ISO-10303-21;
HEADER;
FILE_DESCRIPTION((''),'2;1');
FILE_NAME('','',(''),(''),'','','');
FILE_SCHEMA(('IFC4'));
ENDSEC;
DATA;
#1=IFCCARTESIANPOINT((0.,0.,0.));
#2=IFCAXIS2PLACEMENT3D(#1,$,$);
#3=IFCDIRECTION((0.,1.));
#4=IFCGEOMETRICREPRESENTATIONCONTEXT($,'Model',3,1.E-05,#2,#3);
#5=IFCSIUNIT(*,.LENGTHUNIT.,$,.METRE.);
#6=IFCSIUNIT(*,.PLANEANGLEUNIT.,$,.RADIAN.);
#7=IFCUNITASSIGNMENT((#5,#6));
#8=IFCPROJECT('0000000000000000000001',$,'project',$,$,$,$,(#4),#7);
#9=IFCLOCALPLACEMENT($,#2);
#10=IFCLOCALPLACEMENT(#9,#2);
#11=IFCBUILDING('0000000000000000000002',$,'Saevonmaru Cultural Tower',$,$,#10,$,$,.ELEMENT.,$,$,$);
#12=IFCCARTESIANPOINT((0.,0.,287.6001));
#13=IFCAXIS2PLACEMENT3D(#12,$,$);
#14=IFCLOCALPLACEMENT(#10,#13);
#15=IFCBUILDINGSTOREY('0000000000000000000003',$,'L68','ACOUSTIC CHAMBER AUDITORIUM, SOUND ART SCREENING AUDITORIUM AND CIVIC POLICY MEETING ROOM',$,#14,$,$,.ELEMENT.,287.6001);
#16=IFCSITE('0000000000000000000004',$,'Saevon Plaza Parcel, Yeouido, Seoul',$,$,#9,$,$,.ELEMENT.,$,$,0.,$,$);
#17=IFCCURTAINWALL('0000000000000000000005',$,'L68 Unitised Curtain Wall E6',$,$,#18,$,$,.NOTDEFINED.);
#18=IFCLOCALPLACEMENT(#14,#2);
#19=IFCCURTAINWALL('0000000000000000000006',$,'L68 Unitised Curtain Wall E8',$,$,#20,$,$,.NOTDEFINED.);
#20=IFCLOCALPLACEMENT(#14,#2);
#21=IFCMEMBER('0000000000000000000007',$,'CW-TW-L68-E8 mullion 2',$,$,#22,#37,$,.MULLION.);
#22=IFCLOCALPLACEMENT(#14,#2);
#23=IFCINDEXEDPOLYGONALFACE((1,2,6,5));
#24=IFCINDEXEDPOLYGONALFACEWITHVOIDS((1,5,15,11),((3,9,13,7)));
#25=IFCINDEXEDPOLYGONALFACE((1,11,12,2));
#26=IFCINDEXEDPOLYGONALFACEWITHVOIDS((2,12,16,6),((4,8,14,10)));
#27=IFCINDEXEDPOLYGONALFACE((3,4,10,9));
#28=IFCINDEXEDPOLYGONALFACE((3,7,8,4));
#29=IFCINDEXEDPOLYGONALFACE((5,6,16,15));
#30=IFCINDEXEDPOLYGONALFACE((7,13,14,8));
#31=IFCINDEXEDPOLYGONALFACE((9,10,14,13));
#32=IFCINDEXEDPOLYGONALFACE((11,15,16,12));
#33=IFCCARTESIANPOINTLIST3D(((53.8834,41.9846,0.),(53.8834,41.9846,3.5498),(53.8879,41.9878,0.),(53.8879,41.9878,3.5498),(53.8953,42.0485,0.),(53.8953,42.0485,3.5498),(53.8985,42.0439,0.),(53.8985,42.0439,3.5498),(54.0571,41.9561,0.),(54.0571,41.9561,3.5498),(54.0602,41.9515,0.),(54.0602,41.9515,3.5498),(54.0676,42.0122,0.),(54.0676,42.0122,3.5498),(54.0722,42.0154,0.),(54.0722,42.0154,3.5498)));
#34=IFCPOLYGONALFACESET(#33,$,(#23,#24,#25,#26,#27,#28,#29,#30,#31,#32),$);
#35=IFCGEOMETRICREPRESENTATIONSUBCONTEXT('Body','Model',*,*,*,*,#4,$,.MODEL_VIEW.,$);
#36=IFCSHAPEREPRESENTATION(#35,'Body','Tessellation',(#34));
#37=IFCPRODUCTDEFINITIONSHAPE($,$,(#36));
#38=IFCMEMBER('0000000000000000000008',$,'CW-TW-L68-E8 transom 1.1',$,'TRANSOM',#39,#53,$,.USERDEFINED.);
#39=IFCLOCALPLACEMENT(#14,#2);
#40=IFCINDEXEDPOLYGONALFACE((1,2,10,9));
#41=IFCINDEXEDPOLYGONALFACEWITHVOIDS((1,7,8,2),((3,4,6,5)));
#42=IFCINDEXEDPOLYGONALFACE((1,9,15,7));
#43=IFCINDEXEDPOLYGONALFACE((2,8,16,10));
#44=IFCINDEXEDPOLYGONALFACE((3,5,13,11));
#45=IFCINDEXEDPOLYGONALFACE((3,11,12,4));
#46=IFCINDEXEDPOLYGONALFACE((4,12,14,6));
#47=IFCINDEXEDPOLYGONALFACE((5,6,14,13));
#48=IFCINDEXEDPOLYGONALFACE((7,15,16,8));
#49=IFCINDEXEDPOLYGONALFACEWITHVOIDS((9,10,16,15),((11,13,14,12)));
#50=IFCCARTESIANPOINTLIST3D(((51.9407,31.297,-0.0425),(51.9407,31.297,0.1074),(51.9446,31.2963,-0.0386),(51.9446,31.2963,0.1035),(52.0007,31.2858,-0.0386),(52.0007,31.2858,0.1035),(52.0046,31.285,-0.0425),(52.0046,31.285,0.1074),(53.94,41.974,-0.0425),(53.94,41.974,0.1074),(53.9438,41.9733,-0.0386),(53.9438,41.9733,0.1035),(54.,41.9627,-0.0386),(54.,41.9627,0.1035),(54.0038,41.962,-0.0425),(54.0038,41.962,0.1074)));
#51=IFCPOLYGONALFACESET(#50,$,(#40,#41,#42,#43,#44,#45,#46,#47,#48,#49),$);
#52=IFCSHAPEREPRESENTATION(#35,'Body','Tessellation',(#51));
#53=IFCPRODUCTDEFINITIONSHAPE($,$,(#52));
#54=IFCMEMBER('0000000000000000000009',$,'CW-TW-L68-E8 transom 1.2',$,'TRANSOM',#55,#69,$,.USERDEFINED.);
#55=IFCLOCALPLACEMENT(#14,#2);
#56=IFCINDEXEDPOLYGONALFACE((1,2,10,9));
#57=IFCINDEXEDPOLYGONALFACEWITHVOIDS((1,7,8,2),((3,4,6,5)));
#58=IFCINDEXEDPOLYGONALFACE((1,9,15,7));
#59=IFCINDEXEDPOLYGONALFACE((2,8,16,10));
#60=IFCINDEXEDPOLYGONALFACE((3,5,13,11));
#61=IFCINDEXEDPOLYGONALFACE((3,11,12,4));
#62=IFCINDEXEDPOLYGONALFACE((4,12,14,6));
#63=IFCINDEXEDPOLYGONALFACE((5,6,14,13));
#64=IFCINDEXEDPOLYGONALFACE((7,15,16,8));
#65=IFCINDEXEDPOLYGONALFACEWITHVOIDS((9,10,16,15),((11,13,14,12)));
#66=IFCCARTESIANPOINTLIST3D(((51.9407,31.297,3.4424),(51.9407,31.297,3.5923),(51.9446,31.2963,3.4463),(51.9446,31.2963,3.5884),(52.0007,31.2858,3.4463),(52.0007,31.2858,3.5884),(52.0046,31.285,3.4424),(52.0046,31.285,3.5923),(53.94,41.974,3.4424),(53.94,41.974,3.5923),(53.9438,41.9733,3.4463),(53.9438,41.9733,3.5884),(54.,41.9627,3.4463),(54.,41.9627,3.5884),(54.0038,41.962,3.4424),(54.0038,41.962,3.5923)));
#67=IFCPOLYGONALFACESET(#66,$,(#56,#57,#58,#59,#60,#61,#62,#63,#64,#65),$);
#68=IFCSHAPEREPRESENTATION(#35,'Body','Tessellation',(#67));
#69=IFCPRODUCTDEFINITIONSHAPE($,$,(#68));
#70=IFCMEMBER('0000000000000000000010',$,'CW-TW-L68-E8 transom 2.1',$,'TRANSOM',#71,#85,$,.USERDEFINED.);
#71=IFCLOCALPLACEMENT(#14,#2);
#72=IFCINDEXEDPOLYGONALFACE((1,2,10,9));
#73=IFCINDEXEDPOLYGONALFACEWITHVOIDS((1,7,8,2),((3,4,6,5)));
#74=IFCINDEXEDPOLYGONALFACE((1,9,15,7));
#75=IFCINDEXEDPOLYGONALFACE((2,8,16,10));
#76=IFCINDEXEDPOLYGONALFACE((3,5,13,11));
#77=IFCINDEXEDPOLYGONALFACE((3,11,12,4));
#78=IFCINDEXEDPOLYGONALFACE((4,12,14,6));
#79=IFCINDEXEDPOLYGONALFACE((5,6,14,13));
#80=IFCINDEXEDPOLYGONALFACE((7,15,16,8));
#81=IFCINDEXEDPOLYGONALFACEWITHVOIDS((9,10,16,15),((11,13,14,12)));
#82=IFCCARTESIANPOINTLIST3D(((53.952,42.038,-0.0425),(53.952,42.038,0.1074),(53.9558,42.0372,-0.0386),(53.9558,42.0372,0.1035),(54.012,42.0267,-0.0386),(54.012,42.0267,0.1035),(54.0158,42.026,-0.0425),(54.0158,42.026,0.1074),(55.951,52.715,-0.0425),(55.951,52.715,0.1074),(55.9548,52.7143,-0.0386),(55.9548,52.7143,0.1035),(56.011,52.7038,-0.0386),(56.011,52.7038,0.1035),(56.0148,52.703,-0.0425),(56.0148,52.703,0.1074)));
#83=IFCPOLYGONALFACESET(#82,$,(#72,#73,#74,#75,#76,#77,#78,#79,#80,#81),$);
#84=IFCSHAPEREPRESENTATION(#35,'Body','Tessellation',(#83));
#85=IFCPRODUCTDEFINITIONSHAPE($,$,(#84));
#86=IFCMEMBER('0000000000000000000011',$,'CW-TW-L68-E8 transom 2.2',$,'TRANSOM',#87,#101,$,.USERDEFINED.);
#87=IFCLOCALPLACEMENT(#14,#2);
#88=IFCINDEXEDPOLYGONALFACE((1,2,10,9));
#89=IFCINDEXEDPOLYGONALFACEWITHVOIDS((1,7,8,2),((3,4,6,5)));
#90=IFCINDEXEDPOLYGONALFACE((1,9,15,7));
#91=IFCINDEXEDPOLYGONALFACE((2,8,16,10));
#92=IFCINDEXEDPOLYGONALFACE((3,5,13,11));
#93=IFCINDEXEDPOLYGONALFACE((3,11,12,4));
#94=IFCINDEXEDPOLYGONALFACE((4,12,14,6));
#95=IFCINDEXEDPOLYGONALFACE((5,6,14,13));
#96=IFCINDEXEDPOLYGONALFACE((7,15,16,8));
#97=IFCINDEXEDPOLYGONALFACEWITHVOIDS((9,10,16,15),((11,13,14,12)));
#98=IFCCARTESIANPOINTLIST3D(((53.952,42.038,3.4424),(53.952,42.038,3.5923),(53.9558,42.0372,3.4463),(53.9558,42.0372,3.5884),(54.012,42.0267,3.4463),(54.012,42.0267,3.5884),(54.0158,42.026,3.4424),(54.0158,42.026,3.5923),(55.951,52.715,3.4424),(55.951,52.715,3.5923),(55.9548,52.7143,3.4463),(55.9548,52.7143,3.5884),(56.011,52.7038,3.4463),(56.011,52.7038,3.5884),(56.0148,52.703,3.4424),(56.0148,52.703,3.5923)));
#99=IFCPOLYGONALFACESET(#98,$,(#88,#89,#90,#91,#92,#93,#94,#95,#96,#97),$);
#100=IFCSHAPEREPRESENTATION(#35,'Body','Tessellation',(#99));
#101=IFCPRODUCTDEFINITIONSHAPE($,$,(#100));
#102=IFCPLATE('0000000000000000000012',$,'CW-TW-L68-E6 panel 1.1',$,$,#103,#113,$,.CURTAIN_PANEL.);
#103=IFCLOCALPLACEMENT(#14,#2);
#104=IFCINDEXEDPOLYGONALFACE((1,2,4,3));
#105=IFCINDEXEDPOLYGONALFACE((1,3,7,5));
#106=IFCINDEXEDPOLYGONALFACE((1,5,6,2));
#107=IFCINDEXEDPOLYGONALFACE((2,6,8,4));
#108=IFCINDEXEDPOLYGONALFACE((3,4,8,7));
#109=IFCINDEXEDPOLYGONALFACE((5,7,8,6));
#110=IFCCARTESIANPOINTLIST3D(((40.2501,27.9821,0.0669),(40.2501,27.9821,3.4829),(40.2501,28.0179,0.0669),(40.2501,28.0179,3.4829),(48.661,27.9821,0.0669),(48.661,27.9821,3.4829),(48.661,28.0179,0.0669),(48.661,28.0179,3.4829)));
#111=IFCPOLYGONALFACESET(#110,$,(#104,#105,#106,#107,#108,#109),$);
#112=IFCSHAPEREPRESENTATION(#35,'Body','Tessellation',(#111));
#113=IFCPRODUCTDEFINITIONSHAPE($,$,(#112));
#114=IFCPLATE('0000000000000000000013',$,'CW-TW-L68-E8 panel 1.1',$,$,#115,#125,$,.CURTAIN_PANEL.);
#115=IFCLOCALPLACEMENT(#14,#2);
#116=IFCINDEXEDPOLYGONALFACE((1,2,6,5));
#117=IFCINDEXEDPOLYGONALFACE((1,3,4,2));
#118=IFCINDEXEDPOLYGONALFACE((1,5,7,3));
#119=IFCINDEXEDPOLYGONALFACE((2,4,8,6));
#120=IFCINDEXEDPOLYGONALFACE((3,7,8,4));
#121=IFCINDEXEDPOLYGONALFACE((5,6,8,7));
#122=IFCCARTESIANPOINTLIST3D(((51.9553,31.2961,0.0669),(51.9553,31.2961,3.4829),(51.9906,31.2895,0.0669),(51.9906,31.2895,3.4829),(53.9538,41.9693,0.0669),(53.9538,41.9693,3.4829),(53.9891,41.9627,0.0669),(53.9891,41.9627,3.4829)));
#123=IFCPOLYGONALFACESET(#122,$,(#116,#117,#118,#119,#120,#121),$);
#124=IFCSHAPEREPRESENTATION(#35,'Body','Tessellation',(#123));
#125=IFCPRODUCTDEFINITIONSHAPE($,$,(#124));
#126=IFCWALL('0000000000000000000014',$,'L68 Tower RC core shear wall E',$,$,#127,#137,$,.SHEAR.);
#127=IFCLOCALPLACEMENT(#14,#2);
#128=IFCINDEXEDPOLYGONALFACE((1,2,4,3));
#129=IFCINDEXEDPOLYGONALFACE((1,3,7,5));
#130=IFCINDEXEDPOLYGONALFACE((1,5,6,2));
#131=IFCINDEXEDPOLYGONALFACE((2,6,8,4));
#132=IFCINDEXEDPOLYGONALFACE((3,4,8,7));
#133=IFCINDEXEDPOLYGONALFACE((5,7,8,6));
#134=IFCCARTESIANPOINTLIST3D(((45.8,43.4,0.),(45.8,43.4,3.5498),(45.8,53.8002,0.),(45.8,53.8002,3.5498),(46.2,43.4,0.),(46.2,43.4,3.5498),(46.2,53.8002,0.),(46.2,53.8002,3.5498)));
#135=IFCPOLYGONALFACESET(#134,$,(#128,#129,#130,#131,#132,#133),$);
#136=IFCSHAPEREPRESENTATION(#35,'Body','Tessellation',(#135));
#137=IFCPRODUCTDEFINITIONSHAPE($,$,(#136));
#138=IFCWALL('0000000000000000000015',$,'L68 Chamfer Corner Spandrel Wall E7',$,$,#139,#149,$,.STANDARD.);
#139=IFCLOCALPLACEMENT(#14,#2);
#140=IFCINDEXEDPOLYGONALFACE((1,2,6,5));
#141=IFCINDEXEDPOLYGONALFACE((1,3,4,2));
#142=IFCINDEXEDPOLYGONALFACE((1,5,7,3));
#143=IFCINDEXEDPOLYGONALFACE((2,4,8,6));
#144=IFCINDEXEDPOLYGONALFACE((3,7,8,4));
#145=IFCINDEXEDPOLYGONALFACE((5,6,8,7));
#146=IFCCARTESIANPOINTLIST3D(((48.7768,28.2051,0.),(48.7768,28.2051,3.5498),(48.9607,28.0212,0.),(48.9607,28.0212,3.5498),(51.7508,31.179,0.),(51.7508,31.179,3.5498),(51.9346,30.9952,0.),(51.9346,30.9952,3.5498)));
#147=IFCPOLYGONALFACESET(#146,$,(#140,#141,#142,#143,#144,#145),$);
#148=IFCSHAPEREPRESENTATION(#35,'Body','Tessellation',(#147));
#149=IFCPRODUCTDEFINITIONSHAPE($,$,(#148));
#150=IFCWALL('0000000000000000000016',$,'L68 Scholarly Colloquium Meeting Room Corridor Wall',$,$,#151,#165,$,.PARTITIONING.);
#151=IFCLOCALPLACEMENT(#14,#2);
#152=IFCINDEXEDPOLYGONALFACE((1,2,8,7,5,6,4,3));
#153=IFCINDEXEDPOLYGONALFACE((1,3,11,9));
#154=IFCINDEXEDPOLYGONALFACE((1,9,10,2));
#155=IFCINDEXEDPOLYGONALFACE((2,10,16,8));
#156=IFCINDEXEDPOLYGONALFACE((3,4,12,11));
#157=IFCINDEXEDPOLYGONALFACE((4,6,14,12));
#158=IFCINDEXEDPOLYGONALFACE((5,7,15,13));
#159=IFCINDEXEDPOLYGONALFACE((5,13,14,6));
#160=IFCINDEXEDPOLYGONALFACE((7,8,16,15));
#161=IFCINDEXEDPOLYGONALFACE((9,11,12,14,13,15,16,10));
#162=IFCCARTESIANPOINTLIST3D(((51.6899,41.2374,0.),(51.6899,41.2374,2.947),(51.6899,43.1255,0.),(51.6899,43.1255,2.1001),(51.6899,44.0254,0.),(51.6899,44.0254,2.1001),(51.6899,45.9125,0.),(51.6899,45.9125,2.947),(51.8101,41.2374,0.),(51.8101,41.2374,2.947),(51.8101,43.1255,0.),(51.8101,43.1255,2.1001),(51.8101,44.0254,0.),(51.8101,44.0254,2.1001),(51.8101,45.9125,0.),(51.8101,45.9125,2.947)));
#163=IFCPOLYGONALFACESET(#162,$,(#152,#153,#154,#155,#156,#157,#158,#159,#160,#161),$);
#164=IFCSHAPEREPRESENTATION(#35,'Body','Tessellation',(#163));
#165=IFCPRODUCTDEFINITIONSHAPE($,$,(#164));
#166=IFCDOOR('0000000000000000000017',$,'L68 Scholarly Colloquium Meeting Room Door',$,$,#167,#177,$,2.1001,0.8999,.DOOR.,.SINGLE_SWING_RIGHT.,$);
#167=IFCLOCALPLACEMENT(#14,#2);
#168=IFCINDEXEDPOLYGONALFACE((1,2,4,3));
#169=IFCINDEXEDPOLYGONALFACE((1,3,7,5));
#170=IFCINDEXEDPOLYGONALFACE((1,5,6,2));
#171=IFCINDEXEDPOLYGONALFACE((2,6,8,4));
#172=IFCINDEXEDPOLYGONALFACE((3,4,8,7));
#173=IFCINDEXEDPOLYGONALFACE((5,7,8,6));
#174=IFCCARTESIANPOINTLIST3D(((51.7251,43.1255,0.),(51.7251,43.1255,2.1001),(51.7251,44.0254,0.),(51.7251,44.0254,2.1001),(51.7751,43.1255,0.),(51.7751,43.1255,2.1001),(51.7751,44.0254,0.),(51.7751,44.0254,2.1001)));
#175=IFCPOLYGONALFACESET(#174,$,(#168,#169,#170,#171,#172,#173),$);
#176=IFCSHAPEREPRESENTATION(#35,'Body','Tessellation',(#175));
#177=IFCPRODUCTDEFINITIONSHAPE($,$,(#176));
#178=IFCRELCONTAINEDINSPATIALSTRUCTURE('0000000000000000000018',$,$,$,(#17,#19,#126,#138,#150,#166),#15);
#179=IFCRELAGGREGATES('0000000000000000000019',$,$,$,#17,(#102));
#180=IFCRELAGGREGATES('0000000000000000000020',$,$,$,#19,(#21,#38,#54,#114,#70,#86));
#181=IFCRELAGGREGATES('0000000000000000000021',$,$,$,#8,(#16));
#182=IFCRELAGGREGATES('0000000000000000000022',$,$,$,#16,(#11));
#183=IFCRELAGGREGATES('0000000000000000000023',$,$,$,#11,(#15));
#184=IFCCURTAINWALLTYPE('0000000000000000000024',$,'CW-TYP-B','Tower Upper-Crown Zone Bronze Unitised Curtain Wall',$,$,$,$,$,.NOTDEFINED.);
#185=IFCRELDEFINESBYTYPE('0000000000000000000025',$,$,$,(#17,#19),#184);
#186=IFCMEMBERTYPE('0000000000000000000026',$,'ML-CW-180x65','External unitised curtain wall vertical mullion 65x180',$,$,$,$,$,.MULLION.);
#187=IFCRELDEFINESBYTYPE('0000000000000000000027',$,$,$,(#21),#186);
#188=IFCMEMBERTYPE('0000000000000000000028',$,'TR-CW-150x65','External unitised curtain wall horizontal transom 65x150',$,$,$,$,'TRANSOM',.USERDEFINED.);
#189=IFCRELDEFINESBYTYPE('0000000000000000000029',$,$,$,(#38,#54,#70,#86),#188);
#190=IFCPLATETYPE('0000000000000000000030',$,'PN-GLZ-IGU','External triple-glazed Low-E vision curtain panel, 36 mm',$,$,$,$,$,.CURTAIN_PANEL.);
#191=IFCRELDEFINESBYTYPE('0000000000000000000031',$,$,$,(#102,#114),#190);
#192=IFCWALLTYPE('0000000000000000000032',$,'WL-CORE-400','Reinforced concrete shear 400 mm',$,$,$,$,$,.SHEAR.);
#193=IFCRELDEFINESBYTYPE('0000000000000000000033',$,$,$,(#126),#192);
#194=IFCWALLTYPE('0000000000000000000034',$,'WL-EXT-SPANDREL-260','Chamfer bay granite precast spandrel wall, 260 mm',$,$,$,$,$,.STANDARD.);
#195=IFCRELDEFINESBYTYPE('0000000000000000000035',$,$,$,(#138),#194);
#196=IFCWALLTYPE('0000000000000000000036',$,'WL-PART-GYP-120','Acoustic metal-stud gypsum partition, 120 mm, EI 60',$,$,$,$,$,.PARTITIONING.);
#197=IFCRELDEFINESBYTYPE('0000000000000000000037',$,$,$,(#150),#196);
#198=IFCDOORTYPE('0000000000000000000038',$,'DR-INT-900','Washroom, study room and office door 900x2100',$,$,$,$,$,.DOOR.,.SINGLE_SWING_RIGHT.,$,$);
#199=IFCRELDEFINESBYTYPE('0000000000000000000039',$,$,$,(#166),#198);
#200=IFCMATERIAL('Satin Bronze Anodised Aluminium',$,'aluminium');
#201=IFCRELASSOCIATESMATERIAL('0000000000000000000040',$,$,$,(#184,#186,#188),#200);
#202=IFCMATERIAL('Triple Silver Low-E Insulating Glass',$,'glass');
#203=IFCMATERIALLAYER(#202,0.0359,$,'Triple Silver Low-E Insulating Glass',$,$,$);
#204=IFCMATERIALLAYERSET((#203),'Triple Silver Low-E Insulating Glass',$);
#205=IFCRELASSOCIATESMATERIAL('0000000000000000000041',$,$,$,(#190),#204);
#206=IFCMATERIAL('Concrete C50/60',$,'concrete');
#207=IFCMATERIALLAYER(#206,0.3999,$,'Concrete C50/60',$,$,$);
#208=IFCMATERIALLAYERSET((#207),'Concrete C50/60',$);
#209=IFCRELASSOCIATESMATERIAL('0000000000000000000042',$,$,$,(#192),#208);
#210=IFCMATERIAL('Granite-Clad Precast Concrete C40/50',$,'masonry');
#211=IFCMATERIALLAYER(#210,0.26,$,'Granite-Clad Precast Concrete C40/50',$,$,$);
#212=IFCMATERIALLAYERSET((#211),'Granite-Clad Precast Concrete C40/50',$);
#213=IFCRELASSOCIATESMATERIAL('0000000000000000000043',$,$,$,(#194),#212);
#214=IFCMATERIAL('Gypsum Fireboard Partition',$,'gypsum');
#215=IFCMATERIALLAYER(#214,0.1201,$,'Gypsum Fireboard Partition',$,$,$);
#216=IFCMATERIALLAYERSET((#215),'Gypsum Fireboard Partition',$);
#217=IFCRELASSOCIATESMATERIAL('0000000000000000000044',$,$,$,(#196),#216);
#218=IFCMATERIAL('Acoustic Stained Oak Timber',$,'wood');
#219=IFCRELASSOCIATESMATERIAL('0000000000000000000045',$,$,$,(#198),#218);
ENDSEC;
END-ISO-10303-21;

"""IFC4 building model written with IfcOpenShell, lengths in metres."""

from ifc_helpers import new_model, si_unit, direction, frame, frame_2d, origin, origin_2d, place, context, subcontext, project, spatial, rectangle, hollow_rectangle, extrude, material, layer, layer_set, material_profile, profile_set, type_object, element, fill, aggregate, save


model = new_model("IFC4")

# Units and contexts
model_context = context("Model", 3, precision=1e-05, world=origin(), true_north=direction((0.0, 1.0)))
body_context = subcontext(model_context, "Body", "Model", "MODEL_VIEW")
ifc_project = project(units=[si_unit("LENGTHUNIT", "METRE"), si_unit("PLANEANGLEUNIT", "RADIAN")], contexts=[model_context])

# Site, building, storey
site_placement = place(None, origin())
site = spatial("IfcSite", under=ifc_project, at=site_placement, Name="Saevon Plaza Parcel, Yeouido, Seoul", CompositionType="ELEMENT", RefElevation=0.0)
building_placement = place(site_placement, origin())
building = spatial("IfcBuilding", under=site, at=building_placement, Name="Saevonmaru Cultural Tower", CompositionType="ELEMENT")
storey_placement = place(building_placement, frame((0.0, 0.0, 287.6001)))
storey = spatial("IfcBuildingStorey", under=building, at=storey_placement, Name="L68", Description="ACOUSTIC CHAMBER AUDITORIUM, SOUND ART SCREENING AUDITORIUM AND CIVIC POLICY MEETING ROOM", CompositionType="ELEMENT", Elevation=287.6001)

# Curtain wall
ifc_material_1 = material(Name="Satin Bronze Anodised Aluminium", Category="aluminium")
curtain_wall_type = type_object("IfcCurtainWallType", Name="CW-TYP-B", Description="Tower Upper-Crown Zone Bronze Unitised Curtain Wall", PredefinedType="NOTDEFINED", material=ifc_material_1)
curtain_wall_1_placement = place(storey_placement, origin())
curtain_wall_1 = element("IfcCurtainWall", 1, at=curtain_wall_1_placement, inside=storey, type_object=curtain_wall_type, Name="L68 Unitised Curtain Wall E6", PredefinedType="NOTDEFINED")
ifc_material_profile_1 = material_profile(ifc_material_1, hollow_rectangle(XDim=0.0649, YDim=0.1799, WallThickness=0.0039, at=origin_2d()), Name="ALU-MULL-180x65x4")
ifc_profile_set_1 = profile_set([ifc_material_profile_1], Name="Satin Bronze Anodised Aluminium")
member_type_1 = type_object("IfcMemberType", Name="ML-CW-180x65", Description="External unitised curtain wall vertical mullion 65x180", PredefinedType="MULLION", material=ifc_profile_set_1)

# Curtain wall, members
curtain_wall_2_placement = place(storey_placement, origin())
curtain_wall_2 = element("IfcCurtainWall", 2, at=curtain_wall_2_placement, inside=storey, type_object=curtain_wall_type, Name="L68 Unitised Curtain Wall E8", PredefinedType="NOTDEFINED")
member_1_placement = place(storey_placement, frame((53.9778, 42.0, 0.0), z_axis=(0.0, 0.0, 1.0), x_axis=(0.184047, 0.982918, 0.0)))
member_1 = element("IfcMember", 3, at=member_1_placement, type_object=member_type_1, Name="CW-TW-L68-E8 mullion 2", PredefinedType="MULLION", context=body_context, shape_type="SweptSolid", body=[
    extrude(hollow_rectangle(XDim=0.0649, YDim=0.1799, WallThickness=0.0039, at=origin_2d()), origin(), (0.0, 0.0, 1.0), 3.5498),
])
ifc_material_profile_2 = material_profile(ifc_material_1, hollow_rectangle(XDim=0.0649, YDim=0.1499, WallThickness=0.0039, at=origin_2d()), Name="ALU-TRAN-150x65x4")
ifc_profile_set_2 = profile_set([ifc_material_profile_2], Name="Satin Bronze Anodised Aluminium")
member_type_2 = type_object("IfcMemberType", Name="TR-CW-150x65", Description="External unitised curtain wall horizontal transom 65x150", ElementType="TRANSOM", PredefinedType="USERDEFINED", material=ifc_profile_set_2)
member_2_placement = place(storey_placement, frame((51.9727, 31.291, 0.0325), z_axis=(0.184051, 0.982917, 0.0), x_axis=(-0.982917, 0.184051, 0.0)))
member_2 = element("IfcMember", 4, at=member_2_placement, type_object=member_type_2, Name="CW-TW-L68-E8 transom 1.1", ObjectType="TRANSOM", PredefinedType="USERDEFINED", context=body_context, shape_type="SweptSolid", body=[
    extrude(hollow_rectangle(XDim=0.0649, YDim=0.1499, WallThickness=0.0039, at=origin_2d()), origin(), (0.0, 0.0, 1.0), 10.8625),
])
member_3_placement = place(storey_placement, frame((51.9727, 31.291, 3.5173), z_axis=(0.184051, 0.982917, 0.0), x_axis=(-0.982917, 0.184051, 0.0)))
member_3 = element("IfcMember", 5, at=member_3_placement, type_object=member_type_2, Name="CW-TW-L68-E8 transom 1.2", ObjectType="TRANSOM", PredefinedType="USERDEFINED", context=body_context, shape_type="SweptSolid", body=[
    extrude(hollow_rectangle(XDim=0.0649, YDim=0.1499, WallThickness=0.0039, at=origin_2d()), origin(), (0.0, 0.0, 1.0), 10.8625),
])
member_4_placement = place(storey_placement, frame((53.9839, 42.032, 0.0325), z_axis=(0.184029, 0.982921, 0.0), x_axis=(-0.982921, 0.184029, 0.0)))
member_4 = element("IfcMember", 6, at=member_4_placement, type_object=member_type_2, Name="CW-TW-L68-E8 transom 2.1", ObjectType="TRANSOM", PredefinedType="USERDEFINED", context=body_context, shape_type="SweptSolid", body=[
    extrude(hollow_rectangle(XDim=0.0649, YDim=0.1499, WallThickness=0.0039, at=origin_2d()), origin(), (0.0, 0.0, 1.0), 10.8625),
])
member_5_placement = place(storey_placement, frame((53.9839, 42.032, 3.5173), z_axis=(0.184029, 0.982921, 0.0), x_axis=(-0.982921, 0.184029, 0.0)))
member_5 = element("IfcMember", 7, at=member_5_placement, type_object=member_type_2, Name="CW-TW-L68-E8 transom 2.2", ObjectType="TRANSOM", PredefinedType="USERDEFINED", context=body_context, shape_type="SweptSolid", body=[
    extrude(hollow_rectangle(XDim=0.0649, YDim=0.1499, WallThickness=0.0039, at=origin_2d()), origin(), (0.0, 0.0, 1.0), 10.8625),
])

# Plates
ifc_material_2 = material(Name="Triple Silver Low-E Insulating Glass", Category="glass")
ifc_layer_1 = layer(ifc_material_2, 0.0359, Name="Triple Silver Low-E Insulating Glass")
ifc_layer_set_1 = layer_set([ifc_layer_1], Name="Triple Silver Low-E Insulating Glass")
plate_type = type_object("IfcPlateType", Name="PN-GLZ-IGU", Description="External triple-glazed Low-E vision curtain panel, 36 mm", PredefinedType="CURTAIN_PANEL", material=ifc_layer_set_1)
plate_1_placement = place(storey_placement, frame((44.4556, 28.0, 0.0669), z_axis=(0.0, 0.0, 1.0), x_axis=(1.0, 0.0, 0.0)))
plate_1 = element("IfcPlate", 8, at=plate_1_placement, type_object=plate_type, Name="CW-TW-L68-E6 panel 1.1", PredefinedType="CURTAIN_PANEL", context=body_context, shape_type="SweptSolid", body=[
    extrude(rectangle(XDim=8.4109, YDim=0.0359, at=origin_2d()), origin(), (0.0, 0.0, 1.0), 3.416),
])
aggregate(curtain_wall_1, [plate_1])
plate_2_placement = place(storey_placement, frame((52.9722, 36.6294, 0.0669), z_axis=(0.0, 0.0, 1.0), x_axis=(0.184047, 0.982918, 0.0)))
plate_2 = element("IfcPlate", 9, at=plate_2_placement, type_object=plate_type, Name="CW-TW-L68-E8 panel 1.1", PredefinedType="CURTAIN_PANEL", context=body_context, shape_type="SweptSolid", body=[
    extrude(rectangle(XDim=10.8586, YDim=0.0359, at=origin_2d()), origin(), (0.0, 0.0, 1.0), 3.416),
])
aggregate(curtain_wall_2, [member_1, member_2, member_3, plate_2, member_4, member_5])

# Walls
ifc_material_3 = material(Name="Concrete C50/60", Category="concrete")
ifc_layer_2 = layer(ifc_material_3, 0.3999, Name="Concrete C50/60")
ifc_layer_set_2 = layer_set([ifc_layer_2], Name="Concrete C50/60")
wall_type_1 = type_object("IfcWallType", Name="WL-CORE-400", Description="Reinforced concrete shear 400 mm", PredefinedType="SHEAR", material=ifc_layer_set_2)
wall_1_placement = place(storey_placement, frame((46.0, 43.3999, 0.0), z_axis=(0.0, 0.0, 1.0), x_axis=(0.0, 1.0, 0.0)))
element("IfcWall", 10, at=wall_1_placement, inside=storey, type_object=wall_type_1, Name="L68 Tower RC core shear wall E", PredefinedType="SHEAR", context=body_context, shape_type="SweptSolid", body=[
    extrude(rectangle(XDim=10.4001, YDim=0.3999, at=frame_2d((5.2002, 0.0))), origin(), (0.0, 0.0, 1.0), 3.5498),
])
ifc_material_4 = material(Name="Granite-Clad Precast Concrete C40/50", Category="masonry")
ifc_layer_3 = layer(ifc_material_4, 0.26, Name="Granite-Clad Precast Concrete C40/50")
ifc_layer_set_3 = layer_set([ifc_layer_3], Name="Granite-Clad Precast Concrete C40/50")
wall_type_2 = type_object("IfcWallType", Name="WL-EXT-SPANDREL-260", Description="Chamfer bay granite precast spandrel wall, 260 mm", PredefinedType="STANDARD", material=ifc_layer_set_3)
wall_2_placement = place(storey_placement, frame((48.8687, 28.113, 0.0), z_axis=(0.0, 0.0, 1.0), x_axis=(0.707107, 0.707107, 0.0)))
element("IfcWall", 11, at=wall_2_placement, inside=storey, type_object=wall_type_2, Name="L68 Chamfer Corner Spandrel Wall E7", PredefinedType="STANDARD", context=body_context, shape_type="SweptSolid", body=[
    extrude(rectangle(XDim=4.2058, YDim=0.26, at=frame_2d((2.103, 0.0))), origin(), (0.0, 0.0, 1.0), 3.5498),
])

# Wall, opening, door
ifc_material_5 = material(Name="Gypsum Fireboard Partition", Category="gypsum")
ifc_layer_4 = layer(ifc_material_5, 0.1201, Name="Gypsum Fireboard Partition")
ifc_layer_set_4 = layer_set([ifc_layer_4], Name="Gypsum Fireboard Partition")
wall_type_3 = type_object("IfcWallType", Name="WL-PART-GYP-120", Description="Acoustic metal-stud gypsum partition, 120 mm, EI 60", PredefinedType="PARTITIONING", material=ifc_layer_set_4)
wall_3_placement = place(storey_placement, frame((51.75, 41.2375, 0.0), z_axis=(0.0, 0.0, 1.0), x_axis=(0.0, 1.0, 0.0)))
wall_3 = element("IfcWall", 12, at=wall_3_placement, inside=storey, type_object=wall_type_3, Name="L68 Scholarly Colloquium Meeting Room Corridor Wall", PredefinedType="PARTITIONING", context=body_context, shape_type="SweptSolid", body=[
    extrude(rectangle(XDim=4.675, YDim=0.1201, at=frame_2d((2.3374, 0.0))), origin(), (0.0, 0.0, 1.0), 2.947),
])
opening_1_placement = place(wall_3_placement, frame((1.8879, 0.0, 0.0)))
opening_1 = element("IfcOpeningElement", 13, at=opening_1_placement, cuts=wall_3, PredefinedType="OPENING", context=body_context, shape_type="SweptSolid", body=[
    extrude(rectangle(XDim=0.8999, YDim=2.1001, at=frame_2d((0.45, 1.05))), frame((0.0, 0.0701, 0.0), z_axis=(0.0, -1.0, 0.0), x_axis=(1.0, 0.0, 0.0)), (0.0, 0.0, 1.0), 0.1401),
])
ifc_material_6 = material(Name="Acoustic Stained Oak Timber", Category="wood")
door_type = type_object("IfcDoorType", Name="DR-INT-900", Description="Washroom, study room and office door 900x2100", OperationType="SINGLE_SWING_RIGHT", PredefinedType="DOOR", material=ifc_material_6)
door_1_placement = place(opening_1_placement, origin())
door_1 = element("IfcDoor", 14, at=door_1_placement, inside=storey, type_object=door_type, Name="L68 Scholarly Colloquium Meeting Room Door", OperationType="SINGLE_SWING_RIGHT", OverallHeight=2.1001, OverallWidth=0.8999, PredefinedType="DOOR", context=body_context, shape_type="SweptSolid", body=[
    extrude(rectangle(XDim=0.8999, YDim=2.1001, at=frame_2d((0.45, 1.05))), frame((0.0, 0.0249, 0.0), z_axis=(0.0, -1.0, 0.0), x_axis=(1.0, 0.0, 0.0)), (0.0, 0.0, 1.0), 0.05),
])
fill(opening_1, door_1)

save(model, "model.ifc")
